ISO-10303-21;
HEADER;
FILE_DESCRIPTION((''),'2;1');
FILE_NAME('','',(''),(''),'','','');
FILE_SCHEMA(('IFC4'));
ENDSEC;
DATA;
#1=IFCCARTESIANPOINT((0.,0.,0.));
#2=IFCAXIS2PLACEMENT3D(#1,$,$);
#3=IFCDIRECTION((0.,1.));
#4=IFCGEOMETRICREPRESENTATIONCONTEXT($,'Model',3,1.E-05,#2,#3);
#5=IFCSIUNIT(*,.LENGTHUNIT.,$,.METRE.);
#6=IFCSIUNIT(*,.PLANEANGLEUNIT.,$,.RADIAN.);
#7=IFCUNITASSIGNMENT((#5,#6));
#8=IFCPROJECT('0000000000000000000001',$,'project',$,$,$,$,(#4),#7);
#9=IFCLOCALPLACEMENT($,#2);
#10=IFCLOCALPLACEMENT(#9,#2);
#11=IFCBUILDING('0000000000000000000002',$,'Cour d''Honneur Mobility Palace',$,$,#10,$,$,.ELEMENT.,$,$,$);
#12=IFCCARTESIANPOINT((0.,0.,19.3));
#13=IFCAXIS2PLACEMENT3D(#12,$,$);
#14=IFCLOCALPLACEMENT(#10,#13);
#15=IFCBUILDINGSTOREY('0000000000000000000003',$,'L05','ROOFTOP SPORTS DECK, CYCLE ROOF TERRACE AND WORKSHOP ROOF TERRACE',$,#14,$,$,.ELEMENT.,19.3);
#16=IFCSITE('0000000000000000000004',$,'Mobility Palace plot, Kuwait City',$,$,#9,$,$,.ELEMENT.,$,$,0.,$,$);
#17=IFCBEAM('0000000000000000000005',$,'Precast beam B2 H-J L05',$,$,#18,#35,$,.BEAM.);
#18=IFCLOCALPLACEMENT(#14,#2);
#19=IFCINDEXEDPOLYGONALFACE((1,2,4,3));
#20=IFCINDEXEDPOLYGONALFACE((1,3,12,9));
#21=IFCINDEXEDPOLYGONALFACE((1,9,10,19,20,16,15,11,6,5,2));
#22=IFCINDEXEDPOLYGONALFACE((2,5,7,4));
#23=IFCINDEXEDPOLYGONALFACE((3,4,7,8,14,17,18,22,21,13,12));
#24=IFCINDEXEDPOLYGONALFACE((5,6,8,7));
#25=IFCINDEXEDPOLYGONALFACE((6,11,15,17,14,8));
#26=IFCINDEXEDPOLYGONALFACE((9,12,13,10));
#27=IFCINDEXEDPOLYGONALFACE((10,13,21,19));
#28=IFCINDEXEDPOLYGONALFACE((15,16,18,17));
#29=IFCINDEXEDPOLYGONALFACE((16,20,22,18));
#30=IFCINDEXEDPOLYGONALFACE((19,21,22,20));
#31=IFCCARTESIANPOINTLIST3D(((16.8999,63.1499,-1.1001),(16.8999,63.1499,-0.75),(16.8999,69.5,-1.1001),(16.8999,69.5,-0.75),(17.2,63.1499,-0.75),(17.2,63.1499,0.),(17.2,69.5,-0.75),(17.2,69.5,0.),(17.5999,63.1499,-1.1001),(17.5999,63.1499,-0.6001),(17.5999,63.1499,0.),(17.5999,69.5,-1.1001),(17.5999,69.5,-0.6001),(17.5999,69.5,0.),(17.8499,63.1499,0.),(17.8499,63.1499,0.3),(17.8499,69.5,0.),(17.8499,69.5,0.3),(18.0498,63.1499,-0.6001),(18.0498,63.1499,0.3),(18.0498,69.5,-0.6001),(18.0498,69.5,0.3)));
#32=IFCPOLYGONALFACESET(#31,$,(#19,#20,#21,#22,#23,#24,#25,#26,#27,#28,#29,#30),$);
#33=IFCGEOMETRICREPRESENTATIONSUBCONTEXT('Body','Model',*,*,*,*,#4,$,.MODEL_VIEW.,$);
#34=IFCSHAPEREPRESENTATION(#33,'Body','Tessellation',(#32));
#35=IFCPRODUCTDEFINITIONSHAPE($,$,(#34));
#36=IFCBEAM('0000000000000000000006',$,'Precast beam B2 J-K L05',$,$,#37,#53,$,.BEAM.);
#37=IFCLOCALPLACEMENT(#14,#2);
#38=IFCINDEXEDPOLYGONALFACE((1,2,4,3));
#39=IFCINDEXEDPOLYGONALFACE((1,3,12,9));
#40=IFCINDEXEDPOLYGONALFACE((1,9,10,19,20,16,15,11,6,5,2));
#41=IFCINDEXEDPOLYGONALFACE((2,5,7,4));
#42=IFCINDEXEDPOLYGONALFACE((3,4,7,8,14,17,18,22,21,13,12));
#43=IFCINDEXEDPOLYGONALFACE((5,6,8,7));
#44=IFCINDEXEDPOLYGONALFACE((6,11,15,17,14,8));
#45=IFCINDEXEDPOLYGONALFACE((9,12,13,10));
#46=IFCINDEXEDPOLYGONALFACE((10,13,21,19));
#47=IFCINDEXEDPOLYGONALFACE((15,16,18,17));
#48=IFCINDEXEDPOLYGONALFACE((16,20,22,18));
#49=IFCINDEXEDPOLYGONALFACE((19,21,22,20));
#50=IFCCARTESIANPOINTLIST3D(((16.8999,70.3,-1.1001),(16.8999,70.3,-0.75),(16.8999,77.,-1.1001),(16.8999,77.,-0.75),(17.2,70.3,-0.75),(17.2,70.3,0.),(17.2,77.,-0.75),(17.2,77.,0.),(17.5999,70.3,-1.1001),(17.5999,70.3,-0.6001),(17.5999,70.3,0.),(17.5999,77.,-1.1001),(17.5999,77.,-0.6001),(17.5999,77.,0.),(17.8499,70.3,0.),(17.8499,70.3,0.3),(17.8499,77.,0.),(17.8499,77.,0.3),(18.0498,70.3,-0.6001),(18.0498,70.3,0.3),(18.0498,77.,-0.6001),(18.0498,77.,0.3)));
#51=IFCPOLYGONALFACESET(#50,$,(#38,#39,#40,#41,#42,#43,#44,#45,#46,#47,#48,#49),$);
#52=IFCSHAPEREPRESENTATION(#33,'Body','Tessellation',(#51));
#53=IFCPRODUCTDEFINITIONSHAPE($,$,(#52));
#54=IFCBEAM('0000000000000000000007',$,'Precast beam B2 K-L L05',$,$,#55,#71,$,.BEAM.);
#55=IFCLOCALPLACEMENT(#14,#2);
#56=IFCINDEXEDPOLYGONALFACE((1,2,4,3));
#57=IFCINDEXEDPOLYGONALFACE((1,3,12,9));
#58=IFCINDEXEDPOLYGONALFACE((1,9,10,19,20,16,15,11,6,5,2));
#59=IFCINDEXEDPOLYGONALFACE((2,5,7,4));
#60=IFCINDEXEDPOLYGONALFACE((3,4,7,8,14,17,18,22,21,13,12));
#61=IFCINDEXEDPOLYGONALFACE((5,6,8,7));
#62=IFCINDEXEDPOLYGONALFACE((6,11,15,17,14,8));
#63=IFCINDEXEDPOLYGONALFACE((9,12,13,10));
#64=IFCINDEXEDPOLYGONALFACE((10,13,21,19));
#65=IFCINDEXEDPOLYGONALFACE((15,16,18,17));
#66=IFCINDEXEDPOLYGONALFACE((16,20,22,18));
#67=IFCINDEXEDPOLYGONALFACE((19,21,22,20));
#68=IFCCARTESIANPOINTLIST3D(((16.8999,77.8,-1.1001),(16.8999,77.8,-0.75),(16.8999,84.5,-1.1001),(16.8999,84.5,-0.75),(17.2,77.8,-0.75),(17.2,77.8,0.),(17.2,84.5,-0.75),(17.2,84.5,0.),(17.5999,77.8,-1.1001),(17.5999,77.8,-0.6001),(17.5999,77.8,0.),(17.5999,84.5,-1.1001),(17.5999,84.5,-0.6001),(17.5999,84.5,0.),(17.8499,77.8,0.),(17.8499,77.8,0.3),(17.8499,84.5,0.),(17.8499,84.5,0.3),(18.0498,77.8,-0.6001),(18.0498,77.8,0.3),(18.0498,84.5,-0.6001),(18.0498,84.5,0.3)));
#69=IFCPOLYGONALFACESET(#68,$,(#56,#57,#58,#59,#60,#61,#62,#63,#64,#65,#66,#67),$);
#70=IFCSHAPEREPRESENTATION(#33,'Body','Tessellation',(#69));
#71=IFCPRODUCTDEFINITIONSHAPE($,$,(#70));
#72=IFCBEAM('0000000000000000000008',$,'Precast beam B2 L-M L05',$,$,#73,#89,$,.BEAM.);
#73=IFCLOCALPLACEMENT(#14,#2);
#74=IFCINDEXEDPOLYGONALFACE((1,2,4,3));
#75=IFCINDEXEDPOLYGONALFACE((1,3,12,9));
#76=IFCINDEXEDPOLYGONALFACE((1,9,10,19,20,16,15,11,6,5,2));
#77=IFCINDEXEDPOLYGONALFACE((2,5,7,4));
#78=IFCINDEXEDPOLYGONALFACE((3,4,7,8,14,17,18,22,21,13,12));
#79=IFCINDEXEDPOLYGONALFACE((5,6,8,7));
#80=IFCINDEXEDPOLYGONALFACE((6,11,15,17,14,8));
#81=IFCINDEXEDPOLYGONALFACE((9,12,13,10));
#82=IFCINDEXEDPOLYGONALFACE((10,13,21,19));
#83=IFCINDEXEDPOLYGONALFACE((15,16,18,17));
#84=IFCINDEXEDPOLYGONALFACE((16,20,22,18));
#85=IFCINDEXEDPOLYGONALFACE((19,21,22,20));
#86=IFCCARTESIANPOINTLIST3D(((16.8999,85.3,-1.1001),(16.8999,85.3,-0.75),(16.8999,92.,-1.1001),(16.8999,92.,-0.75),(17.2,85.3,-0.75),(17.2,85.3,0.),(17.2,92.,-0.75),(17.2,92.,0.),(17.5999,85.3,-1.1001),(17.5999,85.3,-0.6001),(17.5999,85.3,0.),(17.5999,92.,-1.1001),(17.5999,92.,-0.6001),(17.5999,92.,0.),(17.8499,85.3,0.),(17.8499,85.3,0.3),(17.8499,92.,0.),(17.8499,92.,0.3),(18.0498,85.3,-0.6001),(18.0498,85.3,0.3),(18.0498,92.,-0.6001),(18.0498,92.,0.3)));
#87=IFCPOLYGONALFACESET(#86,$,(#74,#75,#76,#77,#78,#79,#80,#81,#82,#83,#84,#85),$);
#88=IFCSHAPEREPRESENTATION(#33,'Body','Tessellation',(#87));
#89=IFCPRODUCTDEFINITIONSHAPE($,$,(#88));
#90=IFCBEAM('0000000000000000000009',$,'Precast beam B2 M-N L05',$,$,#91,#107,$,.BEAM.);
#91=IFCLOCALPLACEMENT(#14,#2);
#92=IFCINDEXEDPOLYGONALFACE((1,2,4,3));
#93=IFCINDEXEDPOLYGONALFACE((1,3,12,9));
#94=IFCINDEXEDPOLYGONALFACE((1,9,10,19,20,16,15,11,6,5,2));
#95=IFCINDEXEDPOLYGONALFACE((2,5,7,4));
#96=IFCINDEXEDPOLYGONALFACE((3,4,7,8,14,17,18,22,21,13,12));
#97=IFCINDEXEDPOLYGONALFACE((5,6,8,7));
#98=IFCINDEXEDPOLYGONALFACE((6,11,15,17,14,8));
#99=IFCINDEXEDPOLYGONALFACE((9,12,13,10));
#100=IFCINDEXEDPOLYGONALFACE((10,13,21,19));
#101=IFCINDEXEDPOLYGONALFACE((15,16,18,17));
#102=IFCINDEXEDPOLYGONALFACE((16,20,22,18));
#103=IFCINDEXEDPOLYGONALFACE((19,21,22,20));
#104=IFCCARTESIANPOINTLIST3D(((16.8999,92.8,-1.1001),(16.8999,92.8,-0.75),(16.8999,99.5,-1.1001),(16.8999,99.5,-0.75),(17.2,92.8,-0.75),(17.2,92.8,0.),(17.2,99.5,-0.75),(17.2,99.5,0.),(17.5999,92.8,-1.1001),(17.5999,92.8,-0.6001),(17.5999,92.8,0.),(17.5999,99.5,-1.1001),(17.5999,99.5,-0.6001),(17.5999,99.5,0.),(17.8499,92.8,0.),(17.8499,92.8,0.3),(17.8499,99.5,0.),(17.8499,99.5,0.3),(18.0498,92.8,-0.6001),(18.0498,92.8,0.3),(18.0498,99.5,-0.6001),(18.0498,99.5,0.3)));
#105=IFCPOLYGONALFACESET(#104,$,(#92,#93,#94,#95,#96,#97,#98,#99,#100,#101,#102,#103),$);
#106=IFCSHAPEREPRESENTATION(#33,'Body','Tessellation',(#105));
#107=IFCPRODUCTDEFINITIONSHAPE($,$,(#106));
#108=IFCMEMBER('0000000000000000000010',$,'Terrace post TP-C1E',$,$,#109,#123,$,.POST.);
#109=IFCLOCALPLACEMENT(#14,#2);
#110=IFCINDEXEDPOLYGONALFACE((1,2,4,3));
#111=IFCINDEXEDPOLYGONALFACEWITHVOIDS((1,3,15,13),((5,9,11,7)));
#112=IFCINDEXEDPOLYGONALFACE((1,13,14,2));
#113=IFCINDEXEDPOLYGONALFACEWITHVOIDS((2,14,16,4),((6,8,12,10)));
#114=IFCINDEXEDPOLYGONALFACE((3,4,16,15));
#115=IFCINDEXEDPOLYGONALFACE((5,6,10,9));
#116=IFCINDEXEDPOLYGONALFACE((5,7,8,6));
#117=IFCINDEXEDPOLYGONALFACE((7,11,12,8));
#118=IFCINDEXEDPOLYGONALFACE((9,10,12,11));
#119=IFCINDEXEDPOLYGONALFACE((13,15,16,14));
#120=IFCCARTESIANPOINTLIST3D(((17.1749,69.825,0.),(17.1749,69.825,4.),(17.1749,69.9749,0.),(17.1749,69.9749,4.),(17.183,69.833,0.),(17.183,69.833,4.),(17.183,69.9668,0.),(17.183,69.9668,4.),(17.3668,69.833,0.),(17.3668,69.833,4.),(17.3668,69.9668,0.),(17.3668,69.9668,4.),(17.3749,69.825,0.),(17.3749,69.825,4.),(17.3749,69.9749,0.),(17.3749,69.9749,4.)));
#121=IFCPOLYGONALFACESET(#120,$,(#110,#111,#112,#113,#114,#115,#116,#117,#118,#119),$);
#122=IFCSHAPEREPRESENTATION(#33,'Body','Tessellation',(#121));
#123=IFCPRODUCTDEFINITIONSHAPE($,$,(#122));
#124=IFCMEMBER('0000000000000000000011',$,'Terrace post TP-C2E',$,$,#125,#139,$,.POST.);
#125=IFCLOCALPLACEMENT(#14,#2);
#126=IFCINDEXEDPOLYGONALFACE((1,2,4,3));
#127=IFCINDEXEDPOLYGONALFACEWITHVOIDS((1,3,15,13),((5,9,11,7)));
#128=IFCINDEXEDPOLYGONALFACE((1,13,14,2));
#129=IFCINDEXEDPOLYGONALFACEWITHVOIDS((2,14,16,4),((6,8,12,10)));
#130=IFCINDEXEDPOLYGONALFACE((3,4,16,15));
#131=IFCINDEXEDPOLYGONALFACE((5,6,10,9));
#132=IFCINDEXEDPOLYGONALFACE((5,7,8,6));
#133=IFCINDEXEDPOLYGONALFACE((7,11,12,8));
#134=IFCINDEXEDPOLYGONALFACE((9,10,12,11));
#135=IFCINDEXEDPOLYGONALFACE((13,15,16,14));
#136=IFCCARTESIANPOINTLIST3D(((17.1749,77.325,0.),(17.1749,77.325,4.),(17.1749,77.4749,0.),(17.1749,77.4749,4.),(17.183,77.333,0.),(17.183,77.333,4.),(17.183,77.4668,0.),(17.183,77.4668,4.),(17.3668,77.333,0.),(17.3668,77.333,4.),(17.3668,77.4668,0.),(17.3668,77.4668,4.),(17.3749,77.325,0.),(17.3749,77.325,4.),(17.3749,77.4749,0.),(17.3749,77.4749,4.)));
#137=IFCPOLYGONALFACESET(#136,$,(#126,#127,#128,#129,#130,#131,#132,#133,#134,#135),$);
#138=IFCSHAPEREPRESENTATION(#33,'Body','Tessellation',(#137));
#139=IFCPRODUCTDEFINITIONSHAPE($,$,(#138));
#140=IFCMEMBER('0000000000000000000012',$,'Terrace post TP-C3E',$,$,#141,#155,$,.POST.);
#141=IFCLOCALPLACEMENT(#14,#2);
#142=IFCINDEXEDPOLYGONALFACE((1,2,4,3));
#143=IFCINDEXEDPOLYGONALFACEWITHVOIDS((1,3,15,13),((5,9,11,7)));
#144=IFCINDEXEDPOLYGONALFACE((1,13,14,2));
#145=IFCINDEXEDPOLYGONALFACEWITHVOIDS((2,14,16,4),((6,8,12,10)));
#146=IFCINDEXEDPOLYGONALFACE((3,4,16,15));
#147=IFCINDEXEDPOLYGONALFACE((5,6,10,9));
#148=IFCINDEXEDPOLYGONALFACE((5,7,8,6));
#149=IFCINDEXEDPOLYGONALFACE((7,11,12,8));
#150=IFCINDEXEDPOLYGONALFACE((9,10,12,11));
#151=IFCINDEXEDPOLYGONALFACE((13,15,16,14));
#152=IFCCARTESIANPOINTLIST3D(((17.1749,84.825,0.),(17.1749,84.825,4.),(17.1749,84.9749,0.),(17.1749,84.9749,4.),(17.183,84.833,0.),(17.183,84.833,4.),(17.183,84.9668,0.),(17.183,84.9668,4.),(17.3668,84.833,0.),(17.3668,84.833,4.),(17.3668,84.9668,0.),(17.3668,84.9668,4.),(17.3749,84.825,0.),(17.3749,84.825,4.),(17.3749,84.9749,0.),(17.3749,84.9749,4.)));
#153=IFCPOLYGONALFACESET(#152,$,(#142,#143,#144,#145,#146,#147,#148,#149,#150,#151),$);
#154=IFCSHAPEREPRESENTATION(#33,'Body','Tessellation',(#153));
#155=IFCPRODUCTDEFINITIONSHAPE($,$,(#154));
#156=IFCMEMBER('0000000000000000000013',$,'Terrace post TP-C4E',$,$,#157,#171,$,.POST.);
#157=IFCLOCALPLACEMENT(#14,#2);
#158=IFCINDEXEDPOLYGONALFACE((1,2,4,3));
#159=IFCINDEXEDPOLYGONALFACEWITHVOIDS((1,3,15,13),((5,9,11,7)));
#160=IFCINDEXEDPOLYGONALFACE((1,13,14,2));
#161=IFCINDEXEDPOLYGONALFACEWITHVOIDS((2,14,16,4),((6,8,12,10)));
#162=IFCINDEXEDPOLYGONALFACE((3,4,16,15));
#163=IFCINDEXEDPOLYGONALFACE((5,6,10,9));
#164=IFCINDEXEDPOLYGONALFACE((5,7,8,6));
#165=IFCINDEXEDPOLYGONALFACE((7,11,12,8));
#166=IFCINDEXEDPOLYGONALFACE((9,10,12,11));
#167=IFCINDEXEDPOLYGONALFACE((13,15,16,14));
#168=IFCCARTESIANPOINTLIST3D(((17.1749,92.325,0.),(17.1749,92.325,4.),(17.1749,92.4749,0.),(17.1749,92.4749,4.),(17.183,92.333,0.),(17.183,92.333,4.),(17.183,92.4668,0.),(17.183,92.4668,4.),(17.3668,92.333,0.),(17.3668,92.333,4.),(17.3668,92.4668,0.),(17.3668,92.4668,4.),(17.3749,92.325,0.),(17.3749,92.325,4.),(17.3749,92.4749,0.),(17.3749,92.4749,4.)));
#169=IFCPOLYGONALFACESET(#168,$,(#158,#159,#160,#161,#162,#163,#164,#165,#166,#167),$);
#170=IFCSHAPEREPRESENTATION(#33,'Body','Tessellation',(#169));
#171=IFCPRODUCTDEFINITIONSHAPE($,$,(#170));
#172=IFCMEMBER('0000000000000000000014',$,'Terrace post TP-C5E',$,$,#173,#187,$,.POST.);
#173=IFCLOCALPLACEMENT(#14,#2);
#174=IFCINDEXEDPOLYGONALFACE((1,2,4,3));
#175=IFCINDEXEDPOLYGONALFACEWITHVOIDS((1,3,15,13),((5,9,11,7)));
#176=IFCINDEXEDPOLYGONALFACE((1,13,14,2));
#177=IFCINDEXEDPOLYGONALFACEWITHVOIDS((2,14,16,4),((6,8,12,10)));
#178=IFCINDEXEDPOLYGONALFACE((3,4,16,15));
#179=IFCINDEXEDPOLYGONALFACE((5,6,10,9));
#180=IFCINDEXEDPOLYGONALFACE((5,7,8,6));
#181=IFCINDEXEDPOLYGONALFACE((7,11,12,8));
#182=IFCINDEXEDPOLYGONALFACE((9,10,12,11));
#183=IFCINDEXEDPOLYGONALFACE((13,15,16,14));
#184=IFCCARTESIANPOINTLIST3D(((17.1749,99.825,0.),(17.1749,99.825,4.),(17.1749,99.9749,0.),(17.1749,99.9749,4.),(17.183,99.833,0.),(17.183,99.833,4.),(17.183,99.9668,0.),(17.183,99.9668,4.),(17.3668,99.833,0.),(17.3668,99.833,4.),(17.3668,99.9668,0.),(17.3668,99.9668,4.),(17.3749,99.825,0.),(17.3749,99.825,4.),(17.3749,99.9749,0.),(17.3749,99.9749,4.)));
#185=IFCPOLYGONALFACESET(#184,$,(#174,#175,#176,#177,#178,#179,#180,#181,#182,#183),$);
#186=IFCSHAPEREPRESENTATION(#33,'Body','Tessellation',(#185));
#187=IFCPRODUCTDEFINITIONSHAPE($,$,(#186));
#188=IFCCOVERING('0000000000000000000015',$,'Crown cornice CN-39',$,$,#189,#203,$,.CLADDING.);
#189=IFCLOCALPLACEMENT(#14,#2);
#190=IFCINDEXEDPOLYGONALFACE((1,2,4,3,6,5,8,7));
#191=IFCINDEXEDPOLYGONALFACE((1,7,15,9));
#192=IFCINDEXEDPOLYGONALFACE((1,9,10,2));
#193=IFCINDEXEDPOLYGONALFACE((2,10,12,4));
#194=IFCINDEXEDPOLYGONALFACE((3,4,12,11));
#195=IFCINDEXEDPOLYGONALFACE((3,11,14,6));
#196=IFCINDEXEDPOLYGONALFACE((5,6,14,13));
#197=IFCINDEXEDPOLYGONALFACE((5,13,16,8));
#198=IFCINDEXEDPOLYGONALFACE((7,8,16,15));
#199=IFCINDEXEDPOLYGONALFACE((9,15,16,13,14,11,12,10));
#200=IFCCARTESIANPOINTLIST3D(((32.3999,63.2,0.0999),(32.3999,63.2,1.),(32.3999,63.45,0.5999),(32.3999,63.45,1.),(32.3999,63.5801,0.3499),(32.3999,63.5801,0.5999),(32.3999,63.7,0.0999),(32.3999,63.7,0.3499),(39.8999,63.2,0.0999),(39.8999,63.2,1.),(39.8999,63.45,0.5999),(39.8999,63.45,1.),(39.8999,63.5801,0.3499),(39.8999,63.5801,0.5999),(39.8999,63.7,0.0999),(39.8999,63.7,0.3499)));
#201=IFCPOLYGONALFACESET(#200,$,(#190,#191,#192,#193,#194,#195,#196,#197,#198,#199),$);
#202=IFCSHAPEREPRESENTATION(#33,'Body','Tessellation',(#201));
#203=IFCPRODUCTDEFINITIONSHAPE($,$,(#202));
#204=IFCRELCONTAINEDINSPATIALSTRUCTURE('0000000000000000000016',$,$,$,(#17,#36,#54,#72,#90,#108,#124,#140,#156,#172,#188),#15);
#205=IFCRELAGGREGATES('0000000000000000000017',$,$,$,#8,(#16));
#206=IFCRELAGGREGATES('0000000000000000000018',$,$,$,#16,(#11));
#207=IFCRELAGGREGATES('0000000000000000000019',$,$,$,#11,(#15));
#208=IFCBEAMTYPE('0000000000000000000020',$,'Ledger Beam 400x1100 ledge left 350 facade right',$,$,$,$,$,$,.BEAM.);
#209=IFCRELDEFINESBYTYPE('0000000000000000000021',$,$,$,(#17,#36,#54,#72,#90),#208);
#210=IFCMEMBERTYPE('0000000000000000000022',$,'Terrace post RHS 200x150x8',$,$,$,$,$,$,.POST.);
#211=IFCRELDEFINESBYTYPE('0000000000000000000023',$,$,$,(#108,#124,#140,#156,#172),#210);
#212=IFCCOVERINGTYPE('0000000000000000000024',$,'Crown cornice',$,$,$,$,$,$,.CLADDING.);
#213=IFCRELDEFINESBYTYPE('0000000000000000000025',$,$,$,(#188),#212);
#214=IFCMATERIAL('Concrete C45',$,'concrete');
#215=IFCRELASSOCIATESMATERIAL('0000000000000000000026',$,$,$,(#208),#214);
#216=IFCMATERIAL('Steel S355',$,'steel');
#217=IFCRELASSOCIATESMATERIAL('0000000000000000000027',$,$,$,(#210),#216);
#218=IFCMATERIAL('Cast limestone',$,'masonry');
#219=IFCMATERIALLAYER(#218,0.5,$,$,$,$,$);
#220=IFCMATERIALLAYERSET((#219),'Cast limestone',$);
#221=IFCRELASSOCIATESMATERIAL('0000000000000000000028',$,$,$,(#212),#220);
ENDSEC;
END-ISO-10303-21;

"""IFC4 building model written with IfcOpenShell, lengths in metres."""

from ifc_helpers import new_model, si_unit, direction, frame, origin, origin_2d, place, context, subcontext, project, spatial, polyline, hollow_rectangle, outline, extrude, material, layer, layer_set, material_profile, profile_set, type_object, element, save


model = new_model("IFC4")

# Units and contexts
model_context = context("Model", 3, precision=1e-05, world=origin(), true_north=direction((0.0, 1.0)))
body_context = subcontext(model_context, "Body", "Model", "MODEL_VIEW")
ifc_project = project(units=[si_unit("LENGTHUNIT", "METRE"), si_unit("PLANEANGLEUNIT", "RADIAN")], contexts=[model_context])

# Site, building, storey
site_placement = place(None, origin())
site = spatial("IfcSite", under=ifc_project, at=site_placement, Name="Mobility Palace plot, Kuwait City", CompositionType="ELEMENT", RefElevation=0.0)
building_placement = place(site_placement, origin())
building = spatial("IfcBuilding", under=site, at=building_placement, Name="Cour d'Honneur Mobility Palace", CompositionType="ELEMENT")
storey_placement = place(building_placement, frame((0.0, 0.0, 19.3)))
storey = spatial("IfcBuildingStorey", under=building, at=storey_placement, Name="L05", Description="ROOFTOP SPORTS DECK, CYCLE ROOF TERRACE AND WORKSHOP ROOF TERRACE", CompositionType="ELEMENT", Elevation=19.3)

# Beams
ifc_material_1 = material(Name="Concrete C45", Category="concrete")
ifc_material_profile_1 = material_profile(ifc_material_1, outline(polyline([(0.5, -1.1001), (0.5, -0.75), (0.2, -0.75), (0.2, 0.0), (-0.2, 0.0), (-0.45, 0.0), (-0.45, 0.3), (-0.6499, 0.3), (-0.6499, -0.6001), (-0.2, -0.6001), (-0.2, -1.1001), (0.5, -1.1001)])), Name="Ledger Beam 400x1100 ledge left 350 facade right")
ifc_profile_set_1 = profile_set([ifc_material_profile_1], Name="Concrete C45")
beam_type = type_object("IfcBeamType", Name="Ledger Beam 400x1100 ledge left 350 facade right", PredefinedType="BEAM", material=ifc_profile_set_1)
beam_placement = place(storey_placement, frame((17.3999, 63.1499, 0.0), z_axis=(0.0, 1.0, 0.0), x_axis=(-1.0, 0.0, 0.0)))
element("IfcBeam", 1, at=beam_placement, inside=storey, type_object=beam_type, Name="Precast beam B2 H-J L05", PredefinedType="BEAM", context=body_context, shape_type="SweptSolid", body=[
    extrude(outline(polyline([(0.5, -1.1001), (0.5, -0.75), (0.2, -0.75), (0.2, 0.0), (-0.2, 0.0), (-0.45, 0.0), (-0.45, 0.3), (-0.6499, 0.3), (-0.6499, -0.6001), (-0.2, -0.6001), (-0.2, -1.1001), (0.5, -1.1001)])), origin(), (0.0, 0.0, 1.0), 6.3501),
])
for number, where, z_axis, x_axis, name in (
    (2, (17.3999, 70.3, 0.0), (0.0, 1.0, 0.0), (-1.0, 0.0, 0.0), "Precast beam B2 J-K L05"),
    (3, (17.3999, 77.8, 0.0), (0.0, 1.0, 0.0), (-1.0, 0.0, 0.0), "Precast beam B2 K-L L05"),
    (4, (17.3999, 85.3, 0.0), (0.0, 1.0, 0.0), (-1.0, 0.0, 0.0), "Precast beam B2 L-M L05"),
    (5, (17.3999, 92.8, 0.0), (0.0, 1.0, 0.0), (-1.0, 0.0, 0.0), "Precast beam B2 M-N L05"),
):
    element("IfcBeam", number, at=place(storey_placement, frame(where, z_axis=z_axis, x_axis=x_axis)), inside=storey, type_object=beam_type, Name=name, PredefinedType="BEAM", context=body_context, shape_type="SweptSolid", body=[
        extrude(outline(polyline([(0.5, -1.1001), (0.5, -0.75), (0.2, -0.75), (0.2, 0.0), (-0.2, 0.0), (-0.45, 0.0), (-0.45, 0.3), (-0.6499, 0.3), (-0.6499, -0.6001), (-0.2, -0.6001), (-0.2, -1.1001), (0.5, -1.1001)])), origin(), (0.0, 0.0, 1.0), 6.7),
    ])

# Members
ifc_material_2 = material(Name="Steel S355", Category="steel")
ifc_material_profile_2 = material_profile(ifc_material_2, hollow_rectangle(XDim=0.1499, YDim=0.2, WallThickness=0.0081, at=origin_2d()), Name="RHS 200x150x8")
ifc_profile_set_2 = profile_set([ifc_material_profile_2], Name="Steel S355")
member_type = type_object("IfcMemberType", Name="Terrace post RHS 200x150x8", PredefinedType="POST", material=ifc_profile_set_2)
for number, where, z_axis, x_axis, name in (
    (6, (17.2749, 69.8999, 0.0), (0.0, 0.0, 1.0), (0.0, 1.0, 0.0), "Terrace post TP-C1E"),
    (7, (17.2749, 77.3999, 0.0), (0.0, 0.0, 1.0), (0.0, 1.0, 0.0), "Terrace post TP-C2E"),
    (8, (17.2749, 84.8999, 0.0), (0.0, 0.0, 1.0), (0.0, 1.0, 0.0), "Terrace post TP-C3E"),
    (9, (17.2749, 92.3999, 0.0), (0.0, 0.0, 1.0), (0.0, 1.0, 0.0), "Terrace post TP-C4E"),
    (10, (17.2749, 99.8999, 0.0), (0.0, 0.0, 1.0), (0.0, 1.0, 0.0), "Terrace post TP-C5E"),
):
    element("IfcMember", number, at=place(storey_placement, frame(where, z_axis=z_axis, x_axis=x_axis)), inside=storey, type_object=member_type, Name=name, PredefinedType="POST", context=body_context, shape_type="SweptSolid", body=[
        extrude(hollow_rectangle(XDim=0.1499, YDim=0.2, WallThickness=0.0081, at=origin_2d()), origin(), (0.0, 0.0, 1.0), 4.0),
    ])

# Covering
ifc_material_3 = material(Name="Cast limestone", Category="masonry")
ifc_layer = layer(ifc_material_3, 0.5)
ifc_layer_set = layer_set([ifc_layer], Name="Cast limestone")
covering_type = type_object("IfcCoveringType", Name="Crown cornice", PredefinedType="CLADDING", material=ifc_layer_set)
for number, where, z_axis, x_axis, name in (
    (11, (39.8999, 63.2, 0.0999), (1.0, 0.0, 0.0), (0.0, 1.0, 0.0), "Crown cornice CN-39"),
):
    element("IfcCovering", number, at=place(storey_placement, frame(where, z_axis=z_axis, x_axis=x_axis)), inside=storey, type_object=covering_type, Name=name, PredefinedType="CLADDING", context=body_context, shape_type="SweptSolid", body=[
        extrude(outline(polyline([(0.0, 0.0), (0.5, 0.0), (0.5, 0.25), (0.3801, 0.25), (0.3801, 0.5), (0.25, 0.5), (0.25, 0.9001), (0.0, 0.9001), (0.0, 0.0)])), origin(), (0.0, 0.0, -1.0), 7.5),
    ])

save(model, "model.ifc")
